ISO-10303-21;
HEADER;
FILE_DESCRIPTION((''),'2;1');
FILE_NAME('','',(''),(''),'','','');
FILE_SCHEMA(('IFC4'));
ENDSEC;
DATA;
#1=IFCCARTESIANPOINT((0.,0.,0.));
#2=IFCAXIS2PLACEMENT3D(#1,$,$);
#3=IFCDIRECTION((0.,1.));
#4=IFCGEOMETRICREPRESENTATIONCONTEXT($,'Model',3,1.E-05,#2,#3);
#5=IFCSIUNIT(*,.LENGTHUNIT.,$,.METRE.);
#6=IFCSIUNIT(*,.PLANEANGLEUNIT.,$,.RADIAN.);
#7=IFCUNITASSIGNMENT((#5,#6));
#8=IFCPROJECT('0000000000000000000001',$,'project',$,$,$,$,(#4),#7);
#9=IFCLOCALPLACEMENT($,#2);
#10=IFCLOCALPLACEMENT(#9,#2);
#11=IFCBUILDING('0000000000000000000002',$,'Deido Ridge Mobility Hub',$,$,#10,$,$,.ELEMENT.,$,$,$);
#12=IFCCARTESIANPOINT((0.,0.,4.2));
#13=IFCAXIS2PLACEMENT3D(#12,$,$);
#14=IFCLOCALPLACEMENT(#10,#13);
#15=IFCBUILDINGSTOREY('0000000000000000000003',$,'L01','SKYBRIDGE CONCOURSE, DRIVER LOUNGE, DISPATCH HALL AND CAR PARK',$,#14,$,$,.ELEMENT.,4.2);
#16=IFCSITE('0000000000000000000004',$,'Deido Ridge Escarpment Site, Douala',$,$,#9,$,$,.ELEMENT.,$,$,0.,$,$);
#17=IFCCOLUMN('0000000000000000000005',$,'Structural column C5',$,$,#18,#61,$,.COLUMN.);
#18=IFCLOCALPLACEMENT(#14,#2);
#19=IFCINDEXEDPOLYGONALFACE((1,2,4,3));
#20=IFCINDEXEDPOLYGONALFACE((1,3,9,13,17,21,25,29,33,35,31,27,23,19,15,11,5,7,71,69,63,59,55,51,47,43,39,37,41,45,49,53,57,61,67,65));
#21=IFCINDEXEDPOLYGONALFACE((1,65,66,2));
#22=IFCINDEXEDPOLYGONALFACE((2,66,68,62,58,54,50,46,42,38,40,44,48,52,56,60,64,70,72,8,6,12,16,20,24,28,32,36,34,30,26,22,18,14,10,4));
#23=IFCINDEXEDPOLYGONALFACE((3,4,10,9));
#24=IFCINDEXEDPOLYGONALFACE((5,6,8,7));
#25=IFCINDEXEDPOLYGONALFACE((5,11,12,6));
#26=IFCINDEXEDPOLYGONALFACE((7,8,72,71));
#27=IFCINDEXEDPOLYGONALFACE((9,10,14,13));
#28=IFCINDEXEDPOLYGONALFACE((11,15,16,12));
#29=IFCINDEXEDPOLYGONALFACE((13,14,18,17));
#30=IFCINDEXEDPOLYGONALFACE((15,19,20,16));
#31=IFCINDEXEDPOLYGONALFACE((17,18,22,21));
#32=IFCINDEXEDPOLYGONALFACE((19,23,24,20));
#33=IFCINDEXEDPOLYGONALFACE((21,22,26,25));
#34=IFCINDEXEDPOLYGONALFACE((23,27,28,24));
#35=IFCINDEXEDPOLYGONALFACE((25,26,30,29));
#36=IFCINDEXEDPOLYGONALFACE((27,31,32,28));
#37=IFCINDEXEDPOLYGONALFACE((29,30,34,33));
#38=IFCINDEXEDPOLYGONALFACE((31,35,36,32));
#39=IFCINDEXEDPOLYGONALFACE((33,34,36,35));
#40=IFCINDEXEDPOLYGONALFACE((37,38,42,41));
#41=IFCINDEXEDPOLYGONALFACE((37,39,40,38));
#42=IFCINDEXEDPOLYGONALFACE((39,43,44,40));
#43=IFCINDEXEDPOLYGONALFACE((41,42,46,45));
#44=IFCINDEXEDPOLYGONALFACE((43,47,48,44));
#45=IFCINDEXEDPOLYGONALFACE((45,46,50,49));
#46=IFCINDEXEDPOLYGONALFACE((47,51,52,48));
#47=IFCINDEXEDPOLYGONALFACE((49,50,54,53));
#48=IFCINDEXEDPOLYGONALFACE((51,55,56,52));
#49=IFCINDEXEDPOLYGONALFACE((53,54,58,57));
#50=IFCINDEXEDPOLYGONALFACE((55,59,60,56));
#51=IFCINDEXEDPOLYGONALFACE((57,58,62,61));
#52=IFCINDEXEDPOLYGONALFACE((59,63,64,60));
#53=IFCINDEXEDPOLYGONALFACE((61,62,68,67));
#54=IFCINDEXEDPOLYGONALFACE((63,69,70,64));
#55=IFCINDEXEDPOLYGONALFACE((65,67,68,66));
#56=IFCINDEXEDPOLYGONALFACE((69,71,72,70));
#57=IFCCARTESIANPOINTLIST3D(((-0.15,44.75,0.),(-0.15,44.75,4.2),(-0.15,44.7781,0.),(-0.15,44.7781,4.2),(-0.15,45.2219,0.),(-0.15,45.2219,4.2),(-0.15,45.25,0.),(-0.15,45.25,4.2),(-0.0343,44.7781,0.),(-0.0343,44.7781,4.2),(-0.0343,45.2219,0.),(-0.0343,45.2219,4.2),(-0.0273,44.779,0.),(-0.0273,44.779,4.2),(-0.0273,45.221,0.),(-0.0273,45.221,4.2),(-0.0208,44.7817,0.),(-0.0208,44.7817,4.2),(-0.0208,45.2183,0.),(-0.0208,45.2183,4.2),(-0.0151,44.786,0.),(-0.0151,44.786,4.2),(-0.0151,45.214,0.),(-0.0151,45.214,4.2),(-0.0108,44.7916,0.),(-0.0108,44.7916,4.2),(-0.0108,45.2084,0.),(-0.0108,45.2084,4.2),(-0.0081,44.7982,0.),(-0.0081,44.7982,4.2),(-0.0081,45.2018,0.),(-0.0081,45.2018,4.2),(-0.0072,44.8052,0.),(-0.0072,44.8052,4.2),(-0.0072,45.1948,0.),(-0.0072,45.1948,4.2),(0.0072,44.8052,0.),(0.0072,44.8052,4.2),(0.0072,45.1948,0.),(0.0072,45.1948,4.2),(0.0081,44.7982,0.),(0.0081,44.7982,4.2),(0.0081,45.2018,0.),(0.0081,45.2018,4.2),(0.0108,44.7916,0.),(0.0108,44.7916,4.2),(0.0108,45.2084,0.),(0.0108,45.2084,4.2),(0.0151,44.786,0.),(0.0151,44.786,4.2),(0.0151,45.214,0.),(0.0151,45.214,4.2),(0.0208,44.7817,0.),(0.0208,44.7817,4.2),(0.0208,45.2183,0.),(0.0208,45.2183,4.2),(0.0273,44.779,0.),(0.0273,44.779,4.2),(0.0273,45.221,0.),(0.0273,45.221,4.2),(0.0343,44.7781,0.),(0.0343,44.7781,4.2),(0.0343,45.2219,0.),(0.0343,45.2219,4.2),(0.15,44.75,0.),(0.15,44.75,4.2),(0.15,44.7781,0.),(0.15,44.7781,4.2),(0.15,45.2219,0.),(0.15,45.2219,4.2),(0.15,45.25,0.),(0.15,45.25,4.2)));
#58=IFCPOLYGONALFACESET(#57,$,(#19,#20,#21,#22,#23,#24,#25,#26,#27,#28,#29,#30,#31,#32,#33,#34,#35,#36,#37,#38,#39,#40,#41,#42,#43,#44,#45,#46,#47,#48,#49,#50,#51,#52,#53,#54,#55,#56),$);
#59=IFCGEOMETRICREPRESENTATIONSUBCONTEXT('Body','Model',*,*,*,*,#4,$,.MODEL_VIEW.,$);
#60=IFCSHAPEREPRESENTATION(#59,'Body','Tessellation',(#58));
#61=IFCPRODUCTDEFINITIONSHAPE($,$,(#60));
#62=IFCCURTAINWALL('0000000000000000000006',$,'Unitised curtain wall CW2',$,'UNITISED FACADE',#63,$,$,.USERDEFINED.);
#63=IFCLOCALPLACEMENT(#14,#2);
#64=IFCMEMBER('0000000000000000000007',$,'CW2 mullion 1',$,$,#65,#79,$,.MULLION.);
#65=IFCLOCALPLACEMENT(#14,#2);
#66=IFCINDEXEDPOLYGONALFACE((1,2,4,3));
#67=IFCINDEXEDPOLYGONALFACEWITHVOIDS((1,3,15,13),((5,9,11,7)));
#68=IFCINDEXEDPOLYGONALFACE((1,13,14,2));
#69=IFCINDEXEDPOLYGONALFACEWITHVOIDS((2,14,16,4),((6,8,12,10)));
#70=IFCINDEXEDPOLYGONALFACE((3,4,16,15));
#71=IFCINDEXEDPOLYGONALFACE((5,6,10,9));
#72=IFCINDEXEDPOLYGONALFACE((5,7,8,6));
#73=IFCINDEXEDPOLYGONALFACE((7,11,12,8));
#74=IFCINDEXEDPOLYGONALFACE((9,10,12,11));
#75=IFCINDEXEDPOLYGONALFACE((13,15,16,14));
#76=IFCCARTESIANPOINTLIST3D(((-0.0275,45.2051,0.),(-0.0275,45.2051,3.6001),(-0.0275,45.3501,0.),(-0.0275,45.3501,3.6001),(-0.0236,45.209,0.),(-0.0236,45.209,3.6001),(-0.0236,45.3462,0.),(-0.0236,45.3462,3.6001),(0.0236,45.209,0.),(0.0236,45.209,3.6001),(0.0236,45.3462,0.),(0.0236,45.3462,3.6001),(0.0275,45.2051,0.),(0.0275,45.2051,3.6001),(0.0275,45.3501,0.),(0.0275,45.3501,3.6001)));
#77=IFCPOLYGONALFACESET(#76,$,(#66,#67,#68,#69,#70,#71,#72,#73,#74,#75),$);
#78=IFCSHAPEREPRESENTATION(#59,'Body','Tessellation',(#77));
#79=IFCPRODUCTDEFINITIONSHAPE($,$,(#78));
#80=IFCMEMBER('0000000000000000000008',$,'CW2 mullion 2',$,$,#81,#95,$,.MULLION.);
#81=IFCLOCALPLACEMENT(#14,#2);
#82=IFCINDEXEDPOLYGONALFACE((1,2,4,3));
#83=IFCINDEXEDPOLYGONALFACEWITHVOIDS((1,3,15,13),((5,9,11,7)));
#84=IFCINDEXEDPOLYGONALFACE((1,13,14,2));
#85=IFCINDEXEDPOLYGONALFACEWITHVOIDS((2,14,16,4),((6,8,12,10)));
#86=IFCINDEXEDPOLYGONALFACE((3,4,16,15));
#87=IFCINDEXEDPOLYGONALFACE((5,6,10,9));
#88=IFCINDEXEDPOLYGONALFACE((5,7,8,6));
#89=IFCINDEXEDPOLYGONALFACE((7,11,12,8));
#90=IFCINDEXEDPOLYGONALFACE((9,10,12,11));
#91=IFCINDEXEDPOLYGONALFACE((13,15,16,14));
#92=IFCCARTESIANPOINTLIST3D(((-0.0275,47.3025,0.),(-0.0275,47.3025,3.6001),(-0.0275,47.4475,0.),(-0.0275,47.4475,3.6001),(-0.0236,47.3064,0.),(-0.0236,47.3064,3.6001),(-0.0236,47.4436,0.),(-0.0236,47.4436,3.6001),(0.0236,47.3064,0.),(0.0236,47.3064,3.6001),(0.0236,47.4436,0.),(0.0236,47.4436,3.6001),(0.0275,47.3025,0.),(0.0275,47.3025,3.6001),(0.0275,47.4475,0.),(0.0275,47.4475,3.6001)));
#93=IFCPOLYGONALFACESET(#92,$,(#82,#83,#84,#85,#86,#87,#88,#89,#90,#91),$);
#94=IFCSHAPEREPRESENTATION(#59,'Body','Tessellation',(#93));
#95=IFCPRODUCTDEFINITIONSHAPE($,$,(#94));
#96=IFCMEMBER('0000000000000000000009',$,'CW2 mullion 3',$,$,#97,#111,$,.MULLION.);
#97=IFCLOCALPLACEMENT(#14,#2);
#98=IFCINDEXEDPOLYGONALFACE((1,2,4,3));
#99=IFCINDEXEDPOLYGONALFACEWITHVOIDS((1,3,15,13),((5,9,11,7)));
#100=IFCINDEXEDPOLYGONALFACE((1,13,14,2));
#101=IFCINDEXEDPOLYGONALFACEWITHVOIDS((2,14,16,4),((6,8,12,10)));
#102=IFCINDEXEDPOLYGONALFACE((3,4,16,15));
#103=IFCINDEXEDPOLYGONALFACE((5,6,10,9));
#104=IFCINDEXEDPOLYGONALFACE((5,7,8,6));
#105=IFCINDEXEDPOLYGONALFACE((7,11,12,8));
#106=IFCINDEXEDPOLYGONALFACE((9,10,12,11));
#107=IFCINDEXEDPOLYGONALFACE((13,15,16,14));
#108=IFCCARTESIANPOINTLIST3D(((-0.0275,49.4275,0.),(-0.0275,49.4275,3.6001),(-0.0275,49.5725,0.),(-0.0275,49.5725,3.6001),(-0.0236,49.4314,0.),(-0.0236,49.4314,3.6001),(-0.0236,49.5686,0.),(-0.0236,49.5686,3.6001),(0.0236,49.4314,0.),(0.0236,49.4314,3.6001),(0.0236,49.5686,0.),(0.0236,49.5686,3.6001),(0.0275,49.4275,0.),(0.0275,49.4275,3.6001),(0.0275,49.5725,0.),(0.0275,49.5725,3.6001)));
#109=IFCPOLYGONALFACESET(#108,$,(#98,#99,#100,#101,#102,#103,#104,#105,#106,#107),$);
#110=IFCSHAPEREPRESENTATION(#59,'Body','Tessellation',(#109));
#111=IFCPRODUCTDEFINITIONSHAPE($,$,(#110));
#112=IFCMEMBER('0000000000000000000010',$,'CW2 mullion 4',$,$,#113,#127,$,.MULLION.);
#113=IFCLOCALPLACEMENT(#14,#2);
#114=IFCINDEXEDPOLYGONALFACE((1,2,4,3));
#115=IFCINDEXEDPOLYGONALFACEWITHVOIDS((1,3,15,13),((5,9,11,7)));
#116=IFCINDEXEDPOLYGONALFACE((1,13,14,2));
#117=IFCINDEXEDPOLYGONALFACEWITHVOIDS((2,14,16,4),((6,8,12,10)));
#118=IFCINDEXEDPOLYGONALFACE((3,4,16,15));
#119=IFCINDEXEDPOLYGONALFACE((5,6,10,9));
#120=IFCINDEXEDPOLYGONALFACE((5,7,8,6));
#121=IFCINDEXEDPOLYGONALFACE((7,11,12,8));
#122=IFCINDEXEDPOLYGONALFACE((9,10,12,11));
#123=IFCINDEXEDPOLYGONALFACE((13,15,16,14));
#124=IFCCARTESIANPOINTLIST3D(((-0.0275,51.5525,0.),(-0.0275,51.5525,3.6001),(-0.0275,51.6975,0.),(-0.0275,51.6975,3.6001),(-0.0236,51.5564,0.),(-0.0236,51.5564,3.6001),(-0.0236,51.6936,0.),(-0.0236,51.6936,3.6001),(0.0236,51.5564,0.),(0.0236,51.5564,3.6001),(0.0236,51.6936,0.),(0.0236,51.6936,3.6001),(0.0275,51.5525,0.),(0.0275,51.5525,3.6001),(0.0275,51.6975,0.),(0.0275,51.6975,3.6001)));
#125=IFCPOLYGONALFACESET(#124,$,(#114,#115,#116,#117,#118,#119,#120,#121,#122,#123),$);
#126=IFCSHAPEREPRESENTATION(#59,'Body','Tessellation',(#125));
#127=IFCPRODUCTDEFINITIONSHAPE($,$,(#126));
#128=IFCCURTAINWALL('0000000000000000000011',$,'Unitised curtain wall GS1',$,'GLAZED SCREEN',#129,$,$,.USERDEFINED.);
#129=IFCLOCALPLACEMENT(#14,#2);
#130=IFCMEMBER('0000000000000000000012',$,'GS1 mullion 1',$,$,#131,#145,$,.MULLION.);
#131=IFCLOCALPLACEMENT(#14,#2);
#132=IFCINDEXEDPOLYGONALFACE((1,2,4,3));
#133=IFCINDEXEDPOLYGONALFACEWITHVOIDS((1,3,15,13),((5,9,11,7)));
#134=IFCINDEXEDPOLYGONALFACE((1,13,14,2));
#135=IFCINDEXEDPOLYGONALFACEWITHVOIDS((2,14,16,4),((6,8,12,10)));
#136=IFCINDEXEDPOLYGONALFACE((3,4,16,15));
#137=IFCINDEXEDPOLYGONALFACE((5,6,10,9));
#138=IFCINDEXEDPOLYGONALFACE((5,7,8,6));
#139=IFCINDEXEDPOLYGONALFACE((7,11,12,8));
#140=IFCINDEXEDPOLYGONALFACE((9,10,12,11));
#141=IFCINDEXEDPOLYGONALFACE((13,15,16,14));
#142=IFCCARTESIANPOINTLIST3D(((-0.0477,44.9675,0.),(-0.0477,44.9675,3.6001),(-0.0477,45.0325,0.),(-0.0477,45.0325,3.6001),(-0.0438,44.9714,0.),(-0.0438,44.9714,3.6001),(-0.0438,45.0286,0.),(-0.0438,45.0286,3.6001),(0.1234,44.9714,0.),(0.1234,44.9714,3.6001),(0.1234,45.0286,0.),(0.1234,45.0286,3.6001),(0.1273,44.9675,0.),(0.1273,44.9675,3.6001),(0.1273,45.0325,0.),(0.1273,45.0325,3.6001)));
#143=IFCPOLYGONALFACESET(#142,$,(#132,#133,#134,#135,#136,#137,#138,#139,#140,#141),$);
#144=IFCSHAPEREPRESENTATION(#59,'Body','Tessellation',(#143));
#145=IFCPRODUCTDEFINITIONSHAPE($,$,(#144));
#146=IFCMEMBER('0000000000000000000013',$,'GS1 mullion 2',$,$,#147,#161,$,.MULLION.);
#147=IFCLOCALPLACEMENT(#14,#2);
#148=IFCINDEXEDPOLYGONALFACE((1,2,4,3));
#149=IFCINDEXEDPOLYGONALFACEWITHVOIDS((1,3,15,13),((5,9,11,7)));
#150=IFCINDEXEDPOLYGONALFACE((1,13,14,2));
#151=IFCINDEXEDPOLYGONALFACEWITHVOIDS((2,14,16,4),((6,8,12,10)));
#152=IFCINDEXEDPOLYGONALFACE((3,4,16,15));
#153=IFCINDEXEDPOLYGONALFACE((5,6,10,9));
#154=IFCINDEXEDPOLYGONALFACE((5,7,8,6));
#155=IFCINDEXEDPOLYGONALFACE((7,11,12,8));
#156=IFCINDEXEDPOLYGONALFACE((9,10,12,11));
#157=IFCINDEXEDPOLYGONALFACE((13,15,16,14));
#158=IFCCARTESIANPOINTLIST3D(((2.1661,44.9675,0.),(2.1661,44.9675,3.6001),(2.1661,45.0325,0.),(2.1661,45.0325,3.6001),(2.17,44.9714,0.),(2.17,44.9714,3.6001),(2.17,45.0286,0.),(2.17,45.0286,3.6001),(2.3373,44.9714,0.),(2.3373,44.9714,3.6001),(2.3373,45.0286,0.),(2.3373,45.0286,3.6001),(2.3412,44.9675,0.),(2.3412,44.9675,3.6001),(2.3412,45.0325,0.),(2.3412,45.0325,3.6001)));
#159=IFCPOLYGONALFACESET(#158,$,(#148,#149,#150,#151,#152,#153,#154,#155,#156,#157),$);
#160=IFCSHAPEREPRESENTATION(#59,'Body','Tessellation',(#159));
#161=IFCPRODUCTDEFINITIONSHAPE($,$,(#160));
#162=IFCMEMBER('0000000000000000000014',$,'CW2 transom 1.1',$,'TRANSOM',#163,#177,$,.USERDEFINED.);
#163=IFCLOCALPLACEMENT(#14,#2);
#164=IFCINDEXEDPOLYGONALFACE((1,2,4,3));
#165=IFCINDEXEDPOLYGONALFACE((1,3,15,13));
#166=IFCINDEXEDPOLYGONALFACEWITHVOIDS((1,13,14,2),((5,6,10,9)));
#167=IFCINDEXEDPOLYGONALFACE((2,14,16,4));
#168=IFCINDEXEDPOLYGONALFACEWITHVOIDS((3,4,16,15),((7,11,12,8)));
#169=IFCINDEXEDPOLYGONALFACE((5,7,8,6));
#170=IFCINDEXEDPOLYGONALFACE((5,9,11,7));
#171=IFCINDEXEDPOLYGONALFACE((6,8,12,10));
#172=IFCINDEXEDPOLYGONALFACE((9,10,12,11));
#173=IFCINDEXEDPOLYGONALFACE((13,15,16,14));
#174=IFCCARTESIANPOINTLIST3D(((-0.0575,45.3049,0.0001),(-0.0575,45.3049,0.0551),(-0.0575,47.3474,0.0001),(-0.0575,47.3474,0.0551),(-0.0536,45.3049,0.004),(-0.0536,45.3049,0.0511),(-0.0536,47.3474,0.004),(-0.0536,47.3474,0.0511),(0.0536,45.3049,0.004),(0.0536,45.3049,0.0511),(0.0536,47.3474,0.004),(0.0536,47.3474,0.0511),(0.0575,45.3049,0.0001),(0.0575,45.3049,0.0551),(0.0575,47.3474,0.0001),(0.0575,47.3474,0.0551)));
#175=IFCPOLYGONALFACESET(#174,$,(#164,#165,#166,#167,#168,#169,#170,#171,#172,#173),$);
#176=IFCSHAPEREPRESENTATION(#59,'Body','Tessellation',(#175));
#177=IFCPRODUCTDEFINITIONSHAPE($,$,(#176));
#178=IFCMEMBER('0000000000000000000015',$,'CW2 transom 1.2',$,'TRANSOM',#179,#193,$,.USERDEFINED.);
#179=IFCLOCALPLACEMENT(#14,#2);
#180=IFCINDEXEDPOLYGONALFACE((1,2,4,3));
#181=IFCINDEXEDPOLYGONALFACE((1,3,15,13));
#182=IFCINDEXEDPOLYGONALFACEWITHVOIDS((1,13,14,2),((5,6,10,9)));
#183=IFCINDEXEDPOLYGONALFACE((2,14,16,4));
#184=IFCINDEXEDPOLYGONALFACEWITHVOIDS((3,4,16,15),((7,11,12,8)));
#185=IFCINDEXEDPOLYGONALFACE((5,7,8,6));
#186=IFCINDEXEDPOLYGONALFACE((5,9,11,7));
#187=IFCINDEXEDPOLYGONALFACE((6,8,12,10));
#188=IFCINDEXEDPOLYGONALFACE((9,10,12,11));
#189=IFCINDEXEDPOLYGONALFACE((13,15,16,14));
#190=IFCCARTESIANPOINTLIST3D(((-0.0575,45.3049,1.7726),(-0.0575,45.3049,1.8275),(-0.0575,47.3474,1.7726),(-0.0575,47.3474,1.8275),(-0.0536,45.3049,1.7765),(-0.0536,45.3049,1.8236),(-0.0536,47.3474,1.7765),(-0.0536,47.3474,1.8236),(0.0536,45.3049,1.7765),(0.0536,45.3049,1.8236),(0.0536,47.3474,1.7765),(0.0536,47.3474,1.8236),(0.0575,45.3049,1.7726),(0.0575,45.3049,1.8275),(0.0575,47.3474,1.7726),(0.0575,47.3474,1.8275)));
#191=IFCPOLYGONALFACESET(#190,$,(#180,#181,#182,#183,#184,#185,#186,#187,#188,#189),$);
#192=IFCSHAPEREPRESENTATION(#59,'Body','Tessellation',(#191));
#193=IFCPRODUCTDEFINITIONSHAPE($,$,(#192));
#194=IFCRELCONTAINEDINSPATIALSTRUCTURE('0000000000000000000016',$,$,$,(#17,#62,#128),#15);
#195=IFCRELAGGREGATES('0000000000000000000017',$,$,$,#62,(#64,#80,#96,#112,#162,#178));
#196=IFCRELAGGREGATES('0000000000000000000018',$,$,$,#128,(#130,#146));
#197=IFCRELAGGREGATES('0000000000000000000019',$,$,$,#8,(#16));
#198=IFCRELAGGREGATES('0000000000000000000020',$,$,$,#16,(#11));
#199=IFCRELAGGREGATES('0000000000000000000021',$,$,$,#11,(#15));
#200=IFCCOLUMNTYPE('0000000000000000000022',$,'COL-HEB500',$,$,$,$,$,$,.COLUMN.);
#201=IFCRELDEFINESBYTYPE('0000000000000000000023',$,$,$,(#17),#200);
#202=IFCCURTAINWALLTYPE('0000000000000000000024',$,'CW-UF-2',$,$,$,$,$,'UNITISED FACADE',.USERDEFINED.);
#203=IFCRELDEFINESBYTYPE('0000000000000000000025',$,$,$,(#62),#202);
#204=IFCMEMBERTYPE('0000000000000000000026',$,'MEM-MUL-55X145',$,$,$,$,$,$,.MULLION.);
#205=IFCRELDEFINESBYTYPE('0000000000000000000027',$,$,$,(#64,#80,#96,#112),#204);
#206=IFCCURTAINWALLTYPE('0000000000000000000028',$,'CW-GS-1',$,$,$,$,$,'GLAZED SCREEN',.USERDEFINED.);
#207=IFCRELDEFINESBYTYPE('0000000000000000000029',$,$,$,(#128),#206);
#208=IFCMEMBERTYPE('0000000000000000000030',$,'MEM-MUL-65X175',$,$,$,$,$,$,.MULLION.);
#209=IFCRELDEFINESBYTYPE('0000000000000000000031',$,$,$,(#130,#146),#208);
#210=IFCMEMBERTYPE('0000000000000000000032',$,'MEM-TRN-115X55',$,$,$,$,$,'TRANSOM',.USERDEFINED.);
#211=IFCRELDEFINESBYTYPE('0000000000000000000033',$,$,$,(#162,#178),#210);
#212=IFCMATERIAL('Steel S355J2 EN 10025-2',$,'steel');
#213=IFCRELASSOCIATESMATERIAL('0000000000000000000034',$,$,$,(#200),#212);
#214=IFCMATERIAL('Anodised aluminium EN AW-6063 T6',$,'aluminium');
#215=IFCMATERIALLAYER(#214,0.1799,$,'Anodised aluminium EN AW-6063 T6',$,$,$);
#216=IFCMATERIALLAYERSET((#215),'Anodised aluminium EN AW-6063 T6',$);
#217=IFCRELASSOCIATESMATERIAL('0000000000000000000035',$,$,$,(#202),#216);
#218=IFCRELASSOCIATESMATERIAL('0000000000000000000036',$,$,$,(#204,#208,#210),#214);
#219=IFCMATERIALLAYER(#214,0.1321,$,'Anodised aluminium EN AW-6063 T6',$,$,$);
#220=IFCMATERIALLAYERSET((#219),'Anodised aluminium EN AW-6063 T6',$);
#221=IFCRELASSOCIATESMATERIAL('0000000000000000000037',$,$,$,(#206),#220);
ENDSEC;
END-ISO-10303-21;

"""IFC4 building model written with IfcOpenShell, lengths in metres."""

from ifc_helpers import new_model, si_unit, direction, frame, origin, origin_2d, place, context, subcontext, project, spatial, hollow_rectangle, i_section, extrude, material, layer, layer_set, material_profile, profile_set, type_object, element, aggregate, save


model = new_model("IFC4")

# Units and contexts
model_context = context("Model", 3, precision=1e-05, world=origin(), true_north=direction((0.0, 1.0)))
body_context = subcontext(model_context, "Body", "Model", "MODEL_VIEW")
ifc_project = project(units=[si_unit("LENGTHUNIT", "METRE"), si_unit("PLANEANGLEUNIT", "RADIAN")], contexts=[model_context])

# Site, building, storey
site_placement = place(None, origin())
site = spatial("IfcSite", under=ifc_project, at=site_placement, Name="Deido Ridge Escarpment Site, Douala", CompositionType="ELEMENT", RefElevation=0.0)
building_placement = place(site_placement, origin())
building = spatial("IfcBuilding", under=site, at=building_placement, Name="Deido Ridge Mobility Hub", CompositionType="ELEMENT")
storey_placement = place(building_placement, frame((0.0, 0.0, 4.2)))
storey = spatial("IfcBuildingStorey", under=building, at=storey_placement, Name="L01", Description="SKYBRIDGE CONCOURSE, DRIVER LOUNGE, DISPATCH HALL AND CAR PARK", CompositionType="ELEMENT", Elevation=4.2)

# Column
ifc_material_1 = material(Name="Steel S355J2 EN 10025-2", Category="steel")
ifc_material_profile_1 = material_profile(ifc_material_1, i_section(OverallWidth=0.3, OverallDepth=0.5, WebThickness=0.0144, FlangeThickness=0.0281, FilletRadius=0.0271, at=origin_2d()), Name="HEB 500")
ifc_profile_set_1 = profile_set([ifc_material_profile_1], Name="Steel S355J2 EN 10025-2")
column_type = type_object("IfcColumnType", Name="COL-HEB500", PredefinedType="COLUMN", material=ifc_profile_set_1)
column_placement = place(storey_placement, frame((0.0, 45.0, 0.0), z_axis=(0.0, 0.0, 1.0), x_axis=(1.0, 0.0, 0.0)))
element("IfcColumn", 1, at=column_placement, inside=storey, type_object=column_type, Name="Structural column C5", PredefinedType="COLUMN", context=body_context, shape_type="SweptSolid", body=[
    extrude(i_section(OverallWidth=0.3, OverallDepth=0.5, WebThickness=0.0144, FlangeThickness=0.0281, FilletRadius=0.0271, at=origin_2d()), origin(), (0.0, 0.0, 1.0), 4.2),
])

# Curtain walls, members
ifc_material_2 = material(Name="Anodised aluminium EN AW-6063 T6", Category="aluminium")
ifc_layer_1 = layer(ifc_material_2, 0.1799, Name="Anodised aluminium EN AW-6063 T6")
ifc_layer_set_1 = layer_set([ifc_layer_1], Name="Anodised aluminium EN AW-6063 T6")
curtain_wall_type_1 = type_object("IfcCurtainWallType", Name="CW-UF-2", ElementType="UNITISED FACADE", PredefinedType="USERDEFINED", material=ifc_layer_set_1)
curtain_wall_1_placement = place(storey_placement, origin())
curtain_wall_1 = element("IfcCurtainWall", 2, at=curtain_wall_1_placement, inside=storey, type_object=curtain_wall_type_1, Name="Unitised curtain wall CW2", ObjectType="UNITISED FACADE", PredefinedType="USERDEFINED")
ifc_material_profile_2 = material_profile(ifc_material_2, hollow_rectangle(XDim=0.0549, YDim=0.145, WallThickness=0.0039, at=origin_2d()), Name="RHS 55x145x4")
ifc_profile_set_2 = profile_set([ifc_material_profile_2], Name="Anodised aluminium EN AW-6063 T6")
member_type_1 = type_object("IfcMemberType", Name="MEM-MUL-55X145", PredefinedType="MULLION", material=ifc_profile_set_2)
member_1_placement = place(storey_placement, frame((0.0, 45.2776, 0.0), z_axis=(0.0, 0.0, 1.0), x_axis=(-1.0, 0.0, 0.0)))
member_1 = element("IfcMember", 3, at=member_1_placement, type_object=member_type_1, Name="CW2 mullion 1", PredefinedType="MULLION", context=body_context, shape_type="SweptSolid", body=[
    extrude(hollow_rectangle(XDim=0.0549, YDim=0.145, WallThickness=0.0039, at=origin_2d()), origin(), (0.0, 0.0, 1.0), 3.6001),
])
member_2_placement = place(storey_placement, frame((0.0, 47.375, 0.0), z_axis=(0.0, 0.0, 1.0), x_axis=(-1.0, 0.0, 0.0)))
member_2 = element("IfcMember", 4, at=member_2_placement, type_object=member_type_1, Name="CW2 mullion 2", PredefinedType="MULLION", context=body_context, shape_type="SweptSolid", body=[
    extrude(hollow_rectangle(XDim=0.0549, YDim=0.145, WallThickness=0.0039, at=origin_2d()), origin(), (0.0, 0.0, 1.0), 3.6001),
])
member_3_placement = place(storey_placement, frame((0.0, 49.5, 0.0), z_axis=(0.0, 0.0, 1.0), x_axis=(-1.0, 0.0, 0.0)))
member_3 = element("IfcMember", 5, at=member_3_placement, type_object=member_type_1, Name="CW2 mullion 3", PredefinedType="MULLION", context=body_context, shape_type="SweptSolid", body=[
    extrude(hollow_rectangle(XDim=0.0549, YDim=0.145, WallThickness=0.0039, at=origin_2d()), origin(), (0.0, 0.0, 1.0), 3.6001),
])
member_4_placement = place(storey_placement, frame((0.0, 51.625, 0.0), z_axis=(0.0, 0.0, 1.0), x_axis=(-1.0, 0.0, 0.0)))
member_4 = element("IfcMember", 6, at=member_4_placement, type_object=member_type_1, Name="CW2 mullion 4", PredefinedType="MULLION", context=body_context, shape_type="SweptSolid", body=[
    extrude(hollow_rectangle(XDim=0.0549, YDim=0.145, WallThickness=0.0039, at=origin_2d()), origin(), (0.0, 0.0, 1.0), 3.6001),
])
ifc_layer_2 = layer(ifc_material_2, 0.1321, Name="Anodised aluminium EN AW-6063 T6")
ifc_layer_set_2 = layer_set([ifc_layer_2], Name="Anodised aluminium EN AW-6063 T6")
curtain_wall_type_2 = type_object("IfcCurtainWallType", Name="CW-GS-1", ElementType="GLAZED SCREEN", PredefinedType="USERDEFINED", material=ifc_layer_set_2)
curtain_wall_2_placement = place(storey_placement, origin())
curtain_wall_2 = element("IfcCurtainWall", 7, at=curtain_wall_2_placement, inside=storey, type_object=curtain_wall_type_2, Name="Unitised curtain wall GS1", ObjectType="GLAZED SCREEN", PredefinedType="USERDEFINED")
ifc_material_profile_3 = material_profile(ifc_material_2, hollow_rectangle(XDim=0.0649, YDim=0.175, WallThickness=0.0039, at=origin_2d()), Name="RHS 65x175x4")
ifc_profile_set_3 = profile_set([ifc_material_profile_3], Name="Anodised aluminium EN AW-6063 T6")
member_type_2 = type_object("IfcMemberType", Name="MEM-MUL-65X175", PredefinedType="MULLION", material=ifc_profile_set_3)
member_5_placement = place(storey_placement, frame((0.0398, 45.0, 0.0), z_axis=(0.0, 0.0, 1.0), x_axis=(0.0, 1.0, 0.0)))
member_5 = element("IfcMember", 8, at=member_5_placement, type_object=member_type_2, Name="GS1 mullion 1", PredefinedType="MULLION", context=body_context, shape_type="SweptSolid", body=[
    extrude(hollow_rectangle(XDim=0.0649, YDim=0.175, WallThickness=0.0039, at=origin_2d()), origin(), (0.0, 0.0, 1.0), 3.6001),
])
member_6_placement = place(storey_placement, frame((2.2537, 45.0, 0.0), z_axis=(0.0, 0.0, 1.0), x_axis=(0.0, 1.0, 0.0)))
member_6 = element("IfcMember", 9, at=member_6_placement, type_object=member_type_2, Name="GS1 mullion 2", PredefinedType="MULLION", context=body_context, shape_type="SweptSolid", body=[
    extrude(hollow_rectangle(XDim=0.0649, YDim=0.175, WallThickness=0.0039, at=origin_2d()), origin(), (0.0, 0.0, 1.0), 3.6001),
])

# Members
ifc_material_profile_4 = material_profile(ifc_material_2, hollow_rectangle(XDim=0.115, YDim=0.0549, WallThickness=0.0039, at=origin_2d()), Name="RHS 115x55x4")
ifc_profile_set_4 = profile_set([ifc_material_profile_4], Name="Anodised aluminium EN AW-6063 T6")
member_type_3 = type_object("IfcMemberType", Name="MEM-TRN-115X55", ElementType="TRANSOM", PredefinedType="USERDEFINED", material=ifc_profile_set_4)
member_7_placement = place(storey_placement, frame((0.0, 45.3049, 0.0276), z_axis=(0.0, 1.0, 0.0), x_axis=(-1.0, 0.0, 0.0)))
member_7 = element("IfcMember", 10, at=member_7_placement, type_object=member_type_3, Name="CW2 transom 1.1", ObjectType="TRANSOM", PredefinedType="USERDEFINED", context=body_context, shape_type="SweptSolid", body=[
    extrude(hollow_rectangle(XDim=0.115, YDim=0.0549, WallThickness=0.0039, at=origin_2d()), origin(), (0.0, 0.0, 1.0), 2.0425),
])
member_8_placement = place(storey_placement, frame((0.0, 45.3049, 1.8), z_axis=(0.0, 1.0, 0.0), x_axis=(-1.0, 0.0, 0.0)))
member_8 = element("IfcMember", 11, at=member_8_placement, type_object=member_type_3, Name="CW2 transom 1.2", ObjectType="TRANSOM", PredefinedType="USERDEFINED", context=body_context, shape_type="SweptSolid", body=[
    extrude(hollow_rectangle(XDim=0.115, YDim=0.0549, WallThickness=0.0039, at=origin_2d()), origin(), (0.0, 0.0, 1.0), 2.0425),
])

aggregate(curtain_wall_1, [member_1, member_2, member_3, member_4, member_7, member_8])
aggregate(curtain_wall_2, [member_5, member_6])

save(model, "model.ifc")
